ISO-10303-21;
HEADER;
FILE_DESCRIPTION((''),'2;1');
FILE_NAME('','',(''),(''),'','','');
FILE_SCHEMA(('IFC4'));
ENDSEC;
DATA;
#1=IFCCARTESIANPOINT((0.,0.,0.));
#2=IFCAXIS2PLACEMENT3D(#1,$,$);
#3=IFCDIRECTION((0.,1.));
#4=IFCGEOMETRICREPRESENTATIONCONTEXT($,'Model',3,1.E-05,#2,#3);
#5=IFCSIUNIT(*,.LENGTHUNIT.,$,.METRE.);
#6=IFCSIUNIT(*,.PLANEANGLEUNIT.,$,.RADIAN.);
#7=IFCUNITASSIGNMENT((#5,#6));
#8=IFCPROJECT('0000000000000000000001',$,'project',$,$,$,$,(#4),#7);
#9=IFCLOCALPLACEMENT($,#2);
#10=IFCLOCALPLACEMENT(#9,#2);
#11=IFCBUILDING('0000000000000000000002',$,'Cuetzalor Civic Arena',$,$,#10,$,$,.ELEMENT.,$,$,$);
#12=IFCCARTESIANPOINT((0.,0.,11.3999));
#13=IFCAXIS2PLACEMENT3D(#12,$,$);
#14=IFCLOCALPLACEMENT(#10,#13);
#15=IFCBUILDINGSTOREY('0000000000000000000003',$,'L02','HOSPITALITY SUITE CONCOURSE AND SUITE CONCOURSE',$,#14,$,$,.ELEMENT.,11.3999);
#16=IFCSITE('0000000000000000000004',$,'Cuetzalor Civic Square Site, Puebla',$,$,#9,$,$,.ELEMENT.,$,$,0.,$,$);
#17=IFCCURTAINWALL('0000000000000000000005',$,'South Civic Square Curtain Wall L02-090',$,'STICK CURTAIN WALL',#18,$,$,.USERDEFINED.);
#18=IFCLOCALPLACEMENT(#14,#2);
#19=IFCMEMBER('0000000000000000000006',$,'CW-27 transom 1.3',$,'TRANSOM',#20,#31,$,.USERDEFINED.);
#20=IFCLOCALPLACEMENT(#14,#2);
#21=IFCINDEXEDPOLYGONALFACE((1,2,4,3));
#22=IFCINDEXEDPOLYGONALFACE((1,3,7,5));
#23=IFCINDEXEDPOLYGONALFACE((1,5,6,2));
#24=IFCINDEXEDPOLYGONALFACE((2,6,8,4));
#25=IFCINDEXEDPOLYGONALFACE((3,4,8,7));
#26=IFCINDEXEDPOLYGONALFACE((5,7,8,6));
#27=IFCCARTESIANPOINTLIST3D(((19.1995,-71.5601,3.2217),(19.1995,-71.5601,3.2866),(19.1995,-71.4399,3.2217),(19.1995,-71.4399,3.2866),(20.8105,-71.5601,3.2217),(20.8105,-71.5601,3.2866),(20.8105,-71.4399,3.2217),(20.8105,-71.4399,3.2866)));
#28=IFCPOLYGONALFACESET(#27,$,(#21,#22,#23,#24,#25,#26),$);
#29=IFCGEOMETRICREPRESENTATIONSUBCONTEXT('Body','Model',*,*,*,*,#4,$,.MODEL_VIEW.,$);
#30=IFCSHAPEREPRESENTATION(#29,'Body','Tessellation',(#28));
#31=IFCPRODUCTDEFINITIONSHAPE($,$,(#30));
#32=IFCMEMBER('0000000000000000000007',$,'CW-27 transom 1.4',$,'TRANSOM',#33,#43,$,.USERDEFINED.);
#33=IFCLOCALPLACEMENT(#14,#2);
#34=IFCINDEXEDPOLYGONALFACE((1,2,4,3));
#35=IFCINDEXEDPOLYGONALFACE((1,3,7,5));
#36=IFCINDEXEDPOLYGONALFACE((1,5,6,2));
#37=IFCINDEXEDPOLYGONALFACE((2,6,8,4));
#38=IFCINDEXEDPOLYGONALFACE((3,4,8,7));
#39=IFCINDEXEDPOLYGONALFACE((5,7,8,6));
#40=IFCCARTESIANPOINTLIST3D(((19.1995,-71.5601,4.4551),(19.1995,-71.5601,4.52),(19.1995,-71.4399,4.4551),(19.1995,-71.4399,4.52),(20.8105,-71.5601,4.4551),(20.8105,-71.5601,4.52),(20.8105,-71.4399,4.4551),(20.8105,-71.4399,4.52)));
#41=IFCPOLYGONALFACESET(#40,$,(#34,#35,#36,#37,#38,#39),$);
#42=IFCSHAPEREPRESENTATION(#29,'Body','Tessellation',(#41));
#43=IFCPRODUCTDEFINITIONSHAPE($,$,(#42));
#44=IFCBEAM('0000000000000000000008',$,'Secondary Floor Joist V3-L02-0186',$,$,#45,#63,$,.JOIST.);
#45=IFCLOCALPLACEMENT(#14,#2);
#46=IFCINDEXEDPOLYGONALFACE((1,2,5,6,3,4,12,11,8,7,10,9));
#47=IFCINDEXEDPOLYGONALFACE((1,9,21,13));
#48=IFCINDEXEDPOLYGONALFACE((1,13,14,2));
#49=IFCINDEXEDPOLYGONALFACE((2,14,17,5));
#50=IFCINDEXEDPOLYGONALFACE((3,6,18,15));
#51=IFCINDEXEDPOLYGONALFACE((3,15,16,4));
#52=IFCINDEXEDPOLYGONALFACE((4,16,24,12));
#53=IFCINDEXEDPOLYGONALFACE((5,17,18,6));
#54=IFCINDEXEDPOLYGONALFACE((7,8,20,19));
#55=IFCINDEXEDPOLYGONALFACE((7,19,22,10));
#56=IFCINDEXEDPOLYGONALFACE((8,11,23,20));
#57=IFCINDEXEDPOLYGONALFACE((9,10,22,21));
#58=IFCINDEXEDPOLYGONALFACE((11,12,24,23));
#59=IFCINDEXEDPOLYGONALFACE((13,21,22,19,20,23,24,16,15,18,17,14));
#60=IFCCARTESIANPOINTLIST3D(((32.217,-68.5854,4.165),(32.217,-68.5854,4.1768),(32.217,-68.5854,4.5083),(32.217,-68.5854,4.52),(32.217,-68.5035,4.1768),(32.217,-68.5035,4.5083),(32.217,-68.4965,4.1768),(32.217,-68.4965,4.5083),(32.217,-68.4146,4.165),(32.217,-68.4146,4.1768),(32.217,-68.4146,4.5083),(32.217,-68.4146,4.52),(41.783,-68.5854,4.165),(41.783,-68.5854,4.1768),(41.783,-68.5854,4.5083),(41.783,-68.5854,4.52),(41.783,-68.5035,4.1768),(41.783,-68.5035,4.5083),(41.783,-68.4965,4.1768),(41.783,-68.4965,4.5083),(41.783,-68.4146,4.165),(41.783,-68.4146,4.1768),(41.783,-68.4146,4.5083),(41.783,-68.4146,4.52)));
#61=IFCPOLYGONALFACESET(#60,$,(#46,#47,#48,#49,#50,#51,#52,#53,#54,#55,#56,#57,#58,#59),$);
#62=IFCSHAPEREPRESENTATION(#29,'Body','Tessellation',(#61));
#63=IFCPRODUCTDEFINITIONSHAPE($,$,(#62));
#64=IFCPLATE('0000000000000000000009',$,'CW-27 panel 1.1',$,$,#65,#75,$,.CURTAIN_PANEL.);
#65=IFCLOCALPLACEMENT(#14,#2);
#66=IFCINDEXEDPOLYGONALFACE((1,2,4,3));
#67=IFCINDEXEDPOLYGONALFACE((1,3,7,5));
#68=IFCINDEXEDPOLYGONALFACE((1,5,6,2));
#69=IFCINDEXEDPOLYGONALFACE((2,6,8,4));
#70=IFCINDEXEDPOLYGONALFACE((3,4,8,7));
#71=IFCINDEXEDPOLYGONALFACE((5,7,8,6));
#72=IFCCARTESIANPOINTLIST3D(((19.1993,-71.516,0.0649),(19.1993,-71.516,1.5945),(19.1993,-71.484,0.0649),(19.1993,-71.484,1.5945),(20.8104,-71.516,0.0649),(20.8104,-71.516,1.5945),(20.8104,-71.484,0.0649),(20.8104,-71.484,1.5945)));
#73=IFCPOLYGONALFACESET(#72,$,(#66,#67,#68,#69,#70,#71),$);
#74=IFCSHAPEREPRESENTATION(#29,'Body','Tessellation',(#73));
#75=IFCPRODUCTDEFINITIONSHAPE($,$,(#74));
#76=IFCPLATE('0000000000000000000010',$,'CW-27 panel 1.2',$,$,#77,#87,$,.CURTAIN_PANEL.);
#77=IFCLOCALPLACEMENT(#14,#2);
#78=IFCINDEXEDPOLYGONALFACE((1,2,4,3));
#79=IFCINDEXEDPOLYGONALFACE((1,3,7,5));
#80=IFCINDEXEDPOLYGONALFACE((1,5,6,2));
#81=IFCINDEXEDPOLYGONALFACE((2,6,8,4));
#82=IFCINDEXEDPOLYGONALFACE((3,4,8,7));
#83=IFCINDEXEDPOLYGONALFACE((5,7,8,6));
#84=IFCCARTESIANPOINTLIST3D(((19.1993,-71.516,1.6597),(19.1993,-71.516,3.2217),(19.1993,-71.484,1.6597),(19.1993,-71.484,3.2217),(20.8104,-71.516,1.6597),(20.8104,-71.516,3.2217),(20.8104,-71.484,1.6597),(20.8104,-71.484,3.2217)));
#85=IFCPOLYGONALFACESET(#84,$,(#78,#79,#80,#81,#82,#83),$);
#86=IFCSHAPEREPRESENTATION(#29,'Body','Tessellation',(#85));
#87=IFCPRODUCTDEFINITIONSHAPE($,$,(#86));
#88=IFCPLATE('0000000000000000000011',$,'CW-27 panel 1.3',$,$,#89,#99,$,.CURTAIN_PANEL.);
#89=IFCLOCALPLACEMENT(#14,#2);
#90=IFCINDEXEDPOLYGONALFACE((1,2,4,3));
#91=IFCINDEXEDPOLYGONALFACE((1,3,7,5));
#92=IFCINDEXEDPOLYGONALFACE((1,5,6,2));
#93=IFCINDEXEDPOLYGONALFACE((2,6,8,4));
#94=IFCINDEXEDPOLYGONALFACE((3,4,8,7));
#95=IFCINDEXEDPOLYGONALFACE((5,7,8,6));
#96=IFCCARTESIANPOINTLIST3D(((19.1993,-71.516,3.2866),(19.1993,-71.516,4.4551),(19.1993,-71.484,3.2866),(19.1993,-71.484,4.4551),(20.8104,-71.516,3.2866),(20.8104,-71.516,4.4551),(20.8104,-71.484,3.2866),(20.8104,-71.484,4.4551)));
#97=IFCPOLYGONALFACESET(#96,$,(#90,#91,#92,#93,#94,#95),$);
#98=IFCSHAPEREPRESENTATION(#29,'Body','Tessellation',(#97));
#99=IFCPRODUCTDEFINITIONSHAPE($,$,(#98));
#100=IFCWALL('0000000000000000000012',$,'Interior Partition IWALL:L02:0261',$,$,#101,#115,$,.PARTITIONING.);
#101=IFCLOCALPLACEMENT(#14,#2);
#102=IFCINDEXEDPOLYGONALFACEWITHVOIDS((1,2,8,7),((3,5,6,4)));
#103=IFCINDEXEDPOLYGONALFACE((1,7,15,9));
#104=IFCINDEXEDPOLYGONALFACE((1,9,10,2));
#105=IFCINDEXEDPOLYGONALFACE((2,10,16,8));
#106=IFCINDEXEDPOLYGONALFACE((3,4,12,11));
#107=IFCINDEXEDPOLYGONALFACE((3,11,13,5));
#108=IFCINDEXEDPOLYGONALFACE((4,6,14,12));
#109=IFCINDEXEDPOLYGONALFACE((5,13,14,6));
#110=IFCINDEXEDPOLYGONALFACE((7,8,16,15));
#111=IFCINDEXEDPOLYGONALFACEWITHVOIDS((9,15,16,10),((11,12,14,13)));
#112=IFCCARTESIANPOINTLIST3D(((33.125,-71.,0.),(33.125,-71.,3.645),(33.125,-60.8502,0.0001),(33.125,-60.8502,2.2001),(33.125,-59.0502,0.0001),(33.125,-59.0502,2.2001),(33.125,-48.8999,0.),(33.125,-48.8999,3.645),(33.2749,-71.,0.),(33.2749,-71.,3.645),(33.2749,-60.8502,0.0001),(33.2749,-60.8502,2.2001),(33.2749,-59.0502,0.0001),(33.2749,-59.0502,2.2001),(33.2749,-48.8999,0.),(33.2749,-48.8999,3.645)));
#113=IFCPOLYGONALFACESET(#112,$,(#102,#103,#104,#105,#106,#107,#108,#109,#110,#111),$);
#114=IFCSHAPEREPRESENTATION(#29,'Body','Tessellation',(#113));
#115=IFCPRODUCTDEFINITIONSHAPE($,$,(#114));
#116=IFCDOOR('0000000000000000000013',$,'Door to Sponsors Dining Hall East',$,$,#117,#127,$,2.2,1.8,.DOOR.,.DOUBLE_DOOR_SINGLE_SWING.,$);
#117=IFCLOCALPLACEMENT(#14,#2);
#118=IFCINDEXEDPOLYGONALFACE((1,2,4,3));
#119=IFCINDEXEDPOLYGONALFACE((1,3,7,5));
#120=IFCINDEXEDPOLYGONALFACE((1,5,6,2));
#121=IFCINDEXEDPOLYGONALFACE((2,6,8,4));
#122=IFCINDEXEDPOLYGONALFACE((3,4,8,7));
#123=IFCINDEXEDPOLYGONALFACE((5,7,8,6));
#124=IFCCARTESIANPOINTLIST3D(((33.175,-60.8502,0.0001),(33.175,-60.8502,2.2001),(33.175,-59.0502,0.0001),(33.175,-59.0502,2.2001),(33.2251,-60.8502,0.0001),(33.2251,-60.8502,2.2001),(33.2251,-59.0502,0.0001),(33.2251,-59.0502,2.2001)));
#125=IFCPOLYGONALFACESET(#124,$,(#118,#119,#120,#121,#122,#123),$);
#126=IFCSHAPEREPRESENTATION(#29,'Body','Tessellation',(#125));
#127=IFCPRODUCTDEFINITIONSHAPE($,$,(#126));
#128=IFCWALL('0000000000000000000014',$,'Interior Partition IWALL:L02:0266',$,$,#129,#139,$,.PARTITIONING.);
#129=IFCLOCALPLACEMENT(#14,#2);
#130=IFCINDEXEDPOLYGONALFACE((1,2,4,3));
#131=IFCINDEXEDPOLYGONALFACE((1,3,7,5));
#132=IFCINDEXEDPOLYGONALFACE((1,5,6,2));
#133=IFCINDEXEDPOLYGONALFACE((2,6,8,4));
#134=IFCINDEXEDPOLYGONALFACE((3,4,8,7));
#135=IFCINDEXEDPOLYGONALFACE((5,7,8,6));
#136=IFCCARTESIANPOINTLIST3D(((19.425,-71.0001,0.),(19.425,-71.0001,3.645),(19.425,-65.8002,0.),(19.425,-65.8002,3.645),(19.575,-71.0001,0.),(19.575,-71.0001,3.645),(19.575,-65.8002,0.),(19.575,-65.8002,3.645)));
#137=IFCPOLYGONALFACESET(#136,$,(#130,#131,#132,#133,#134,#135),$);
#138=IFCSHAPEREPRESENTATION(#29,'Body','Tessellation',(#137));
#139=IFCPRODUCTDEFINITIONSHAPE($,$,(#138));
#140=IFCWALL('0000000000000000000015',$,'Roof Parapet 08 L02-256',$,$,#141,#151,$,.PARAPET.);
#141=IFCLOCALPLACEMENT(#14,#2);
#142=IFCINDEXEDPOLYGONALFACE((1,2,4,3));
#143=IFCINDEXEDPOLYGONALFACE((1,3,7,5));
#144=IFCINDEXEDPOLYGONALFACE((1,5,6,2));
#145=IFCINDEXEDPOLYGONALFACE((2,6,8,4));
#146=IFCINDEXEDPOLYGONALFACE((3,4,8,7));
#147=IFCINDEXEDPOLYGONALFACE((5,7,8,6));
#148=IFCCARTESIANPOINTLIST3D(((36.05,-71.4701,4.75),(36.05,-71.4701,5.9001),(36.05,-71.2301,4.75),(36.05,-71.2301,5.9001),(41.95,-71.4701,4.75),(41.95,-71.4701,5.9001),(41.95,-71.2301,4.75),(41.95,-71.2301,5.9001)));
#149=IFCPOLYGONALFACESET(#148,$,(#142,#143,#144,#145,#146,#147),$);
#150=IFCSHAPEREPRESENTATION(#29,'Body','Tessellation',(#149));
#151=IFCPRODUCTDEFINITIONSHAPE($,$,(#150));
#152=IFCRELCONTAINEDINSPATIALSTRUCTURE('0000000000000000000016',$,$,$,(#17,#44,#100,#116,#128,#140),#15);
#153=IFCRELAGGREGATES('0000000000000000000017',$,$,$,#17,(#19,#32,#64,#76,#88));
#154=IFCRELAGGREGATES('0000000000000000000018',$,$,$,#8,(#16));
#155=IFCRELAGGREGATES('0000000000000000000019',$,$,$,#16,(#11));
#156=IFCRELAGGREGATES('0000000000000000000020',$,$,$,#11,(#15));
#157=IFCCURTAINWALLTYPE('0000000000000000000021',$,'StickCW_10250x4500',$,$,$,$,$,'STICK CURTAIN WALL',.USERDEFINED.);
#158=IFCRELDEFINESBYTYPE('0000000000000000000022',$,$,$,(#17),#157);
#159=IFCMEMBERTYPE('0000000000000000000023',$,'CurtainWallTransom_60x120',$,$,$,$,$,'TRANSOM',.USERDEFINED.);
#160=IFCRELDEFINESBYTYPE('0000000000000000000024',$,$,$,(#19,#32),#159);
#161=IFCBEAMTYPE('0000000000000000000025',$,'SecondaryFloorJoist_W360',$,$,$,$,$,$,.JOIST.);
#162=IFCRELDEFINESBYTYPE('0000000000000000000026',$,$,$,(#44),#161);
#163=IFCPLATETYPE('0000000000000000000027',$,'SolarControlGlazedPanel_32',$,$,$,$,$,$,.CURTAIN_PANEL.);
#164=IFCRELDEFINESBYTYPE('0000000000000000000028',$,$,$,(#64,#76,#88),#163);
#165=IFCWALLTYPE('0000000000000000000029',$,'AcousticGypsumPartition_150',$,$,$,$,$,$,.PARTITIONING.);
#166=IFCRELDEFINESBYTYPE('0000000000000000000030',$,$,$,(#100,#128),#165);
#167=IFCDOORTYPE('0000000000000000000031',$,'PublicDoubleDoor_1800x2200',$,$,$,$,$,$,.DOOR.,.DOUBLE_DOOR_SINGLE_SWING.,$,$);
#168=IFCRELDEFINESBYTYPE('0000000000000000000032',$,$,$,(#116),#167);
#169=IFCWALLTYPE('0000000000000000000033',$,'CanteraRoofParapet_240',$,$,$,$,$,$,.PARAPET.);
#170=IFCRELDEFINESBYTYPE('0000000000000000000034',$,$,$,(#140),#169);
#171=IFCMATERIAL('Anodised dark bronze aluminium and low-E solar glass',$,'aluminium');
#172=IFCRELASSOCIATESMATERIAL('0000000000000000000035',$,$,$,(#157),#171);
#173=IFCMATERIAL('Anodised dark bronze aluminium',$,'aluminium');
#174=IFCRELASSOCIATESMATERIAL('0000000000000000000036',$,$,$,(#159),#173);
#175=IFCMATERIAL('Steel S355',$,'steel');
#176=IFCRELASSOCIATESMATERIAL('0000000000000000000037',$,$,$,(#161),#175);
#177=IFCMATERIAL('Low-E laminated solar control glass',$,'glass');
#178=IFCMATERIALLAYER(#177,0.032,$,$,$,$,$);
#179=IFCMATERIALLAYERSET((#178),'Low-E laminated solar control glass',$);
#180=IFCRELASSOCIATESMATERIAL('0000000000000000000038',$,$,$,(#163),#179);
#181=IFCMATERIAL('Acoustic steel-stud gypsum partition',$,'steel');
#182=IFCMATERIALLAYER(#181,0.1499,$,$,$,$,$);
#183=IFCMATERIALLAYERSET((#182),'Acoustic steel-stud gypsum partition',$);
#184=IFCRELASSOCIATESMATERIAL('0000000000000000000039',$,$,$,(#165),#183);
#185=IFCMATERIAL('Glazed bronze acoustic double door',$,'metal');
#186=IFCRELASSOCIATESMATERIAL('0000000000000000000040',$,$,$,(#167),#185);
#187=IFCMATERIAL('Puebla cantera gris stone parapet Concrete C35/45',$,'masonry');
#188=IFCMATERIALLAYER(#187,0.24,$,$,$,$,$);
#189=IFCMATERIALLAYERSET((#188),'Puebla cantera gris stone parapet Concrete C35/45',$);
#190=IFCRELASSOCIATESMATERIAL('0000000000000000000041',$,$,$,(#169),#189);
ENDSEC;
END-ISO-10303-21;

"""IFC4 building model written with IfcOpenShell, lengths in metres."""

from ifc_helpers import new_model, si_unit, direction, frame, frame_2d, origin, origin_2d, place, context, subcontext, project, spatial, rectangle, i_section, extrude, material, layer, layer_set, material_profile, profile_set, type_object, element, fill, aggregate, save


model = new_model("IFC4")

# Units and contexts
model_context = context("Model", 3, precision=1e-05, world=origin(), true_north=direction((0.0, 1.0)))
body_context = subcontext(model_context, "Body", "Model", "MODEL_VIEW")
ifc_project = project(units=[si_unit("LENGTHUNIT", "METRE"), si_unit("PLANEANGLEUNIT", "RADIAN")], contexts=[model_context])

# Site, building, storey
site_placement = place(None, origin())
site = spatial("IfcSite", under=ifc_project, at=site_placement, Name="Cuetzalor Civic Square Site, Puebla", CompositionType="ELEMENT", RefElevation=0.0)
building_placement = place(site_placement, origin())
building = spatial("IfcBuilding", under=site, at=building_placement, Name="Cuetzalor Civic Arena", CompositionType="ELEMENT")
storey_placement = place(building_placement, frame((0.0, 0.0, 11.3999)))
storey = spatial("IfcBuildingStorey", under=building, at=storey_placement, Name="L02", Description="HOSPITALITY SUITE CONCOURSE AND SUITE CONCOURSE", CompositionType="ELEMENT", Elevation=11.3999)

# Curtain wall, members
ifc_material_1 = material(Name="Anodised dark bronze aluminium and low-E solar glass", Category="aluminium")
curtain_wall_type = type_object("IfcCurtainWallType", Name="StickCW_10250x4500", ElementType="STICK CURTAIN WALL", PredefinedType="USERDEFINED", material=ifc_material_1)
curtain_wall_placement = place(storey_placement, origin())
curtain_wall = element("IfcCurtainWall", 1, at=curtain_wall_placement, inside=storey, type_object=curtain_wall_type, Name="South Civic Square Curtain Wall L02-090", ObjectType="STICK CURTAIN WALL", PredefinedType="USERDEFINED")
ifc_material_2 = material(Name="Anodised dark bronze aluminium", Category="aluminium")
ifc_material_profile_1 = material_profile(ifc_material_2, rectangle(XDim=0.1201, YDim=0.0649, at=origin_2d()), Name="ALU TRANSOM 65x120")
ifc_profile_set_1 = profile_set([ifc_material_profile_1], Name="Anodised dark bronze aluminium")
member_type_1 = type_object("IfcMemberType", Name="CurtainWallTransom_60x120", ElementType="TRANSOM", PredefinedType="USERDEFINED", material=ifc_profile_set_1)
member_1_placement = place(storey_placement, frame((20.8105, -71.5, 3.2542), z_axis=(-1.0, 0.0, 0.0), x_axis=(0.0, -1.0, 0.0)))
member_1 = element("IfcMember", 2, at=member_1_placement, type_object=member_type_1, Name="CW-27 transom 1.3", ObjectType="TRANSOM", PredefinedType="USERDEFINED", context=body_context, shape_type="SweptSolid", body=[
    extrude(rectangle(XDim=0.1201, YDim=0.0649, at=origin_2d()), origin(), (0.0, 0.0, 1.0), 1.6111),
])
member_2_placement = place(storey_placement, frame((20.8105, -71.5, 4.4875), z_axis=(-1.0, 0.0, 0.0), x_axis=(0.0, -1.0, 0.0)))
member_2 = element("IfcMember", 3, at=member_2_placement, type_object=member_type_1, Name="CW-27 transom 1.4", ObjectType="TRANSOM", PredefinedType="USERDEFINED", context=body_context, shape_type="SweptSolid", body=[
    extrude(rectangle(XDim=0.1201, YDim=0.0649, at=origin_2d()), origin(), (0.0, 0.0, 1.0), 1.6111),
])

# Beam
ifc_material_3 = material(Name="Steel S355", Category="steel")
ifc_material_profile_2 = material_profile(ifc_material_3, i_section(OverallWidth=0.1709, OverallDepth=0.355, WebThickness=0.0071, FlangeThickness=0.0117, at=origin_2d()), Name="W360x51")
ifc_profile_set_2 = profile_set([ifc_material_profile_2], Name="Steel S355")
beam_type_1 = type_object("IfcBeamType", Name="SecondaryFloorJoist_W360", PredefinedType="JOIST", material=ifc_profile_set_2)
beam_1_placement = place(storey_placement, frame((32.217, -68.5, 4.3425), z_axis=(1.0, 0.0, 0.0), x_axis=(0.0, 1.0, 0.0)))
element("IfcBeam", 4, at=beam_1_placement, inside=storey, type_object=beam_type_1, Name="Secondary Floor Joist V3-L02-0186", PredefinedType="JOIST", context=body_context, shape_type="SweptSolid", body=[
    extrude(i_section(OverallWidth=0.1709, OverallDepth=0.355, WebThickness=0.0071, FlangeThickness=0.0117, at=origin_2d()), origin(), (0.0, 0.0, 1.0), 9.5659),
])

# Plates
ifc_material_4 = material(Name="Low-E laminated solar control glass", Category="glass")
ifc_layer_1 = layer(ifc_material_4, 0.032)
ifc_layer_set_1 = layer_set([ifc_layer_1], Name="Low-E laminated solar control glass")
plate_type = type_object("IfcPlateType", Name="SolarControlGlazedPanel_32", PredefinedType="CURTAIN_PANEL", material=ifc_layer_set_1)
plate_1_placement = place(storey_placement, frame((20.0049, -71.5, 0.0649), z_axis=(0.0, 0.0, 1.0), x_axis=(-1.0, 0.0, 0.0)))
plate_1 = element("IfcPlate", 5, at=plate_1_placement, type_object=plate_type, Name="CW-27 panel 1.1", PredefinedType="CURTAIN_PANEL", context=body_context, shape_type="SweptSolid", body=[
    extrude(rectangle(XDim=1.6111, YDim=0.032, at=origin_2d()), origin(), (0.0, 0.0, 1.0), 1.5295),
])
plate_2_placement = place(storey_placement, frame((20.0049, -71.5, 1.6597), z_axis=(0.0, 0.0, 1.0), x_axis=(-1.0, 0.0, 0.0)))
plate_2 = element("IfcPlate", 6, at=plate_2_placement, type_object=plate_type, Name="CW-27 panel 1.2", PredefinedType="CURTAIN_PANEL", context=body_context, shape_type="SweptSolid", body=[
    extrude(rectangle(XDim=1.6111, YDim=0.032, at=origin_2d()), origin(), (0.0, 0.0, 1.0), 1.562),
])
plate_3_placement = place(storey_placement, frame((20.0049, -71.5, 3.2866), z_axis=(0.0, 0.0, 1.0), x_axis=(-1.0, 0.0, 0.0)))
plate_3 = element("IfcPlate", 7, at=plate_3_placement, type_object=plate_type, Name="CW-27 panel 1.3", PredefinedType="CURTAIN_PANEL", context=body_context, shape_type="SweptSolid", body=[
    extrude(rectangle(XDim=1.6111, YDim=0.032, at=origin_2d()), origin(), (0.0, 0.0, 1.0), 1.1685),
])
aggregate(curtain_wall, [member_1, member_2, plate_1, plate_2, plate_3])

# Wall, opening, door
ifc_material_5 = material(Name="Acoustic steel-stud gypsum partition", Category="steel")
ifc_layer_2 = layer(ifc_material_5, 0.1499)
ifc_layer_set_2 = layer_set([ifc_layer_2], Name="Acoustic steel-stud gypsum partition")
wall_type_1 = type_object("IfcWallType", Name="AcousticGypsumPartition_150", PredefinedType="PARTITIONING", material=ifc_layer_set_2)
wall_1_placement = place(storey_placement, frame((33.2, -71.0, 0.0), z_axis=(0.0, 0.0, 1.0), x_axis=(0.0, 1.0, 0.0)))
wall_1 = element("IfcWall", 8, at=wall_1_placement, inside=storey, type_object=wall_type_1, Name="Interior Partition IWALL:L02:0261", PredefinedType="PARTITIONING", context=body_context, shape_type="SweptSolid", body=[
    extrude(rectangle(XDim=22.1001, YDim=0.1499, at=frame_2d((11.05, 0.0))), origin(), (0.0, 0.0, 1.0), 3.645),
])
opening_1_placement = place(wall_1_placement, frame((10.1499, 0.0, 0.0)))
opening_1 = element("IfcOpeningElement", 9, at=opening_1_placement, cuts=wall_1, PredefinedType="OPENING", context=body_context, shape_type="SweptSolid", body=[
    extrude(rectangle(XDim=1.8, YDim=2.2, at=frame_2d((0.8999, 1.1001))), frame((0.0, 0.085, 0.0), z_axis=(0.0, -1.0, 0.0), x_axis=(1.0, 0.0, 0.0)), (0.0, 0.0, 1.0), 0.1699),
])
ifc_material_6 = material(Name="Glazed bronze acoustic double door", Category="metal")
door_type = type_object("IfcDoorType", Name="PublicDoubleDoor_1800x2200", OperationType="DOUBLE_DOOR_SINGLE_SWING", PredefinedType="DOOR", material=ifc_material_6)
door_placement = place(opening_1_placement, origin())
door = element("IfcDoor", 10, at=door_placement, inside=storey, type_object=door_type, Name="Door to Sponsors Dining Hall East", OperationType="DOUBLE_DOOR_SINGLE_SWING", OverallHeight=2.2, OverallWidth=1.8, PredefinedType="DOOR", context=body_context, shape_type="SweptSolid", body=[
    extrude(rectangle(XDim=1.8, YDim=2.2, at=frame_2d((0.8999, 1.1001))), frame((0.0, 0.0249, 0.0), z_axis=(0.0, -1.0, 0.0), x_axis=(1.0, 0.0, 0.0)), (0.0, 0.0, 1.0), 0.05),
])
fill(opening_1, door)

# Walls
wall_2_placement = place(storey_placement, frame((19.5, -65.8, 0.0), z_axis=(0.0, 0.0, 1.0), x_axis=(0.0, -1.0, 0.0)))
element("IfcWall", 11, at=wall_2_placement, inside=storey, type_object=wall_type_1, Name="Interior Partition IWALL:L02:0266", PredefinedType="PARTITIONING", context=body_context, shape_type="SweptSolid", body=[
    extrude(rectangle(XDim=5.2, YDim=0.1499, at=frame_2d((2.6001, 0.0))), origin(), (0.0, 0.0, 1.0), 3.645),
])
ifc_material_7 = material(Name="Puebla cantera gris stone parapet Concrete C35/45", Category="masonry")
ifc_layer_3 = layer(ifc_material_7, 0.24)
ifc_layer_set_3 = layer_set([ifc_layer_3], Name="Puebla cantera gris stone parapet Concrete C35/45")
wall_type_2 = type_object("IfcWallType", Name="CanteraRoofParapet_240", PredefinedType="PARAPET", material=ifc_layer_set_3)
wall_3_placement = place(storey_placement, frame((36.05, -71.3501, 4.75), z_axis=(0.0, 0.0, 1.0), x_axis=(1.0, 0.0, 0.0)))
element("IfcWall", 12, at=wall_3_placement, inside=storey, type_object=wall_type_2, Name="Roof Parapet 08 L02-256", PredefinedType="PARAPET", context=body_context, shape_type="SweptSolid", body=[
    extrude(rectangle(XDim=5.8999, YDim=0.24, at=frame_2d((2.95, 0.0))), origin(), (0.0, 0.0, 1.0), 1.1501),
])

save(model, "model.ifc")
